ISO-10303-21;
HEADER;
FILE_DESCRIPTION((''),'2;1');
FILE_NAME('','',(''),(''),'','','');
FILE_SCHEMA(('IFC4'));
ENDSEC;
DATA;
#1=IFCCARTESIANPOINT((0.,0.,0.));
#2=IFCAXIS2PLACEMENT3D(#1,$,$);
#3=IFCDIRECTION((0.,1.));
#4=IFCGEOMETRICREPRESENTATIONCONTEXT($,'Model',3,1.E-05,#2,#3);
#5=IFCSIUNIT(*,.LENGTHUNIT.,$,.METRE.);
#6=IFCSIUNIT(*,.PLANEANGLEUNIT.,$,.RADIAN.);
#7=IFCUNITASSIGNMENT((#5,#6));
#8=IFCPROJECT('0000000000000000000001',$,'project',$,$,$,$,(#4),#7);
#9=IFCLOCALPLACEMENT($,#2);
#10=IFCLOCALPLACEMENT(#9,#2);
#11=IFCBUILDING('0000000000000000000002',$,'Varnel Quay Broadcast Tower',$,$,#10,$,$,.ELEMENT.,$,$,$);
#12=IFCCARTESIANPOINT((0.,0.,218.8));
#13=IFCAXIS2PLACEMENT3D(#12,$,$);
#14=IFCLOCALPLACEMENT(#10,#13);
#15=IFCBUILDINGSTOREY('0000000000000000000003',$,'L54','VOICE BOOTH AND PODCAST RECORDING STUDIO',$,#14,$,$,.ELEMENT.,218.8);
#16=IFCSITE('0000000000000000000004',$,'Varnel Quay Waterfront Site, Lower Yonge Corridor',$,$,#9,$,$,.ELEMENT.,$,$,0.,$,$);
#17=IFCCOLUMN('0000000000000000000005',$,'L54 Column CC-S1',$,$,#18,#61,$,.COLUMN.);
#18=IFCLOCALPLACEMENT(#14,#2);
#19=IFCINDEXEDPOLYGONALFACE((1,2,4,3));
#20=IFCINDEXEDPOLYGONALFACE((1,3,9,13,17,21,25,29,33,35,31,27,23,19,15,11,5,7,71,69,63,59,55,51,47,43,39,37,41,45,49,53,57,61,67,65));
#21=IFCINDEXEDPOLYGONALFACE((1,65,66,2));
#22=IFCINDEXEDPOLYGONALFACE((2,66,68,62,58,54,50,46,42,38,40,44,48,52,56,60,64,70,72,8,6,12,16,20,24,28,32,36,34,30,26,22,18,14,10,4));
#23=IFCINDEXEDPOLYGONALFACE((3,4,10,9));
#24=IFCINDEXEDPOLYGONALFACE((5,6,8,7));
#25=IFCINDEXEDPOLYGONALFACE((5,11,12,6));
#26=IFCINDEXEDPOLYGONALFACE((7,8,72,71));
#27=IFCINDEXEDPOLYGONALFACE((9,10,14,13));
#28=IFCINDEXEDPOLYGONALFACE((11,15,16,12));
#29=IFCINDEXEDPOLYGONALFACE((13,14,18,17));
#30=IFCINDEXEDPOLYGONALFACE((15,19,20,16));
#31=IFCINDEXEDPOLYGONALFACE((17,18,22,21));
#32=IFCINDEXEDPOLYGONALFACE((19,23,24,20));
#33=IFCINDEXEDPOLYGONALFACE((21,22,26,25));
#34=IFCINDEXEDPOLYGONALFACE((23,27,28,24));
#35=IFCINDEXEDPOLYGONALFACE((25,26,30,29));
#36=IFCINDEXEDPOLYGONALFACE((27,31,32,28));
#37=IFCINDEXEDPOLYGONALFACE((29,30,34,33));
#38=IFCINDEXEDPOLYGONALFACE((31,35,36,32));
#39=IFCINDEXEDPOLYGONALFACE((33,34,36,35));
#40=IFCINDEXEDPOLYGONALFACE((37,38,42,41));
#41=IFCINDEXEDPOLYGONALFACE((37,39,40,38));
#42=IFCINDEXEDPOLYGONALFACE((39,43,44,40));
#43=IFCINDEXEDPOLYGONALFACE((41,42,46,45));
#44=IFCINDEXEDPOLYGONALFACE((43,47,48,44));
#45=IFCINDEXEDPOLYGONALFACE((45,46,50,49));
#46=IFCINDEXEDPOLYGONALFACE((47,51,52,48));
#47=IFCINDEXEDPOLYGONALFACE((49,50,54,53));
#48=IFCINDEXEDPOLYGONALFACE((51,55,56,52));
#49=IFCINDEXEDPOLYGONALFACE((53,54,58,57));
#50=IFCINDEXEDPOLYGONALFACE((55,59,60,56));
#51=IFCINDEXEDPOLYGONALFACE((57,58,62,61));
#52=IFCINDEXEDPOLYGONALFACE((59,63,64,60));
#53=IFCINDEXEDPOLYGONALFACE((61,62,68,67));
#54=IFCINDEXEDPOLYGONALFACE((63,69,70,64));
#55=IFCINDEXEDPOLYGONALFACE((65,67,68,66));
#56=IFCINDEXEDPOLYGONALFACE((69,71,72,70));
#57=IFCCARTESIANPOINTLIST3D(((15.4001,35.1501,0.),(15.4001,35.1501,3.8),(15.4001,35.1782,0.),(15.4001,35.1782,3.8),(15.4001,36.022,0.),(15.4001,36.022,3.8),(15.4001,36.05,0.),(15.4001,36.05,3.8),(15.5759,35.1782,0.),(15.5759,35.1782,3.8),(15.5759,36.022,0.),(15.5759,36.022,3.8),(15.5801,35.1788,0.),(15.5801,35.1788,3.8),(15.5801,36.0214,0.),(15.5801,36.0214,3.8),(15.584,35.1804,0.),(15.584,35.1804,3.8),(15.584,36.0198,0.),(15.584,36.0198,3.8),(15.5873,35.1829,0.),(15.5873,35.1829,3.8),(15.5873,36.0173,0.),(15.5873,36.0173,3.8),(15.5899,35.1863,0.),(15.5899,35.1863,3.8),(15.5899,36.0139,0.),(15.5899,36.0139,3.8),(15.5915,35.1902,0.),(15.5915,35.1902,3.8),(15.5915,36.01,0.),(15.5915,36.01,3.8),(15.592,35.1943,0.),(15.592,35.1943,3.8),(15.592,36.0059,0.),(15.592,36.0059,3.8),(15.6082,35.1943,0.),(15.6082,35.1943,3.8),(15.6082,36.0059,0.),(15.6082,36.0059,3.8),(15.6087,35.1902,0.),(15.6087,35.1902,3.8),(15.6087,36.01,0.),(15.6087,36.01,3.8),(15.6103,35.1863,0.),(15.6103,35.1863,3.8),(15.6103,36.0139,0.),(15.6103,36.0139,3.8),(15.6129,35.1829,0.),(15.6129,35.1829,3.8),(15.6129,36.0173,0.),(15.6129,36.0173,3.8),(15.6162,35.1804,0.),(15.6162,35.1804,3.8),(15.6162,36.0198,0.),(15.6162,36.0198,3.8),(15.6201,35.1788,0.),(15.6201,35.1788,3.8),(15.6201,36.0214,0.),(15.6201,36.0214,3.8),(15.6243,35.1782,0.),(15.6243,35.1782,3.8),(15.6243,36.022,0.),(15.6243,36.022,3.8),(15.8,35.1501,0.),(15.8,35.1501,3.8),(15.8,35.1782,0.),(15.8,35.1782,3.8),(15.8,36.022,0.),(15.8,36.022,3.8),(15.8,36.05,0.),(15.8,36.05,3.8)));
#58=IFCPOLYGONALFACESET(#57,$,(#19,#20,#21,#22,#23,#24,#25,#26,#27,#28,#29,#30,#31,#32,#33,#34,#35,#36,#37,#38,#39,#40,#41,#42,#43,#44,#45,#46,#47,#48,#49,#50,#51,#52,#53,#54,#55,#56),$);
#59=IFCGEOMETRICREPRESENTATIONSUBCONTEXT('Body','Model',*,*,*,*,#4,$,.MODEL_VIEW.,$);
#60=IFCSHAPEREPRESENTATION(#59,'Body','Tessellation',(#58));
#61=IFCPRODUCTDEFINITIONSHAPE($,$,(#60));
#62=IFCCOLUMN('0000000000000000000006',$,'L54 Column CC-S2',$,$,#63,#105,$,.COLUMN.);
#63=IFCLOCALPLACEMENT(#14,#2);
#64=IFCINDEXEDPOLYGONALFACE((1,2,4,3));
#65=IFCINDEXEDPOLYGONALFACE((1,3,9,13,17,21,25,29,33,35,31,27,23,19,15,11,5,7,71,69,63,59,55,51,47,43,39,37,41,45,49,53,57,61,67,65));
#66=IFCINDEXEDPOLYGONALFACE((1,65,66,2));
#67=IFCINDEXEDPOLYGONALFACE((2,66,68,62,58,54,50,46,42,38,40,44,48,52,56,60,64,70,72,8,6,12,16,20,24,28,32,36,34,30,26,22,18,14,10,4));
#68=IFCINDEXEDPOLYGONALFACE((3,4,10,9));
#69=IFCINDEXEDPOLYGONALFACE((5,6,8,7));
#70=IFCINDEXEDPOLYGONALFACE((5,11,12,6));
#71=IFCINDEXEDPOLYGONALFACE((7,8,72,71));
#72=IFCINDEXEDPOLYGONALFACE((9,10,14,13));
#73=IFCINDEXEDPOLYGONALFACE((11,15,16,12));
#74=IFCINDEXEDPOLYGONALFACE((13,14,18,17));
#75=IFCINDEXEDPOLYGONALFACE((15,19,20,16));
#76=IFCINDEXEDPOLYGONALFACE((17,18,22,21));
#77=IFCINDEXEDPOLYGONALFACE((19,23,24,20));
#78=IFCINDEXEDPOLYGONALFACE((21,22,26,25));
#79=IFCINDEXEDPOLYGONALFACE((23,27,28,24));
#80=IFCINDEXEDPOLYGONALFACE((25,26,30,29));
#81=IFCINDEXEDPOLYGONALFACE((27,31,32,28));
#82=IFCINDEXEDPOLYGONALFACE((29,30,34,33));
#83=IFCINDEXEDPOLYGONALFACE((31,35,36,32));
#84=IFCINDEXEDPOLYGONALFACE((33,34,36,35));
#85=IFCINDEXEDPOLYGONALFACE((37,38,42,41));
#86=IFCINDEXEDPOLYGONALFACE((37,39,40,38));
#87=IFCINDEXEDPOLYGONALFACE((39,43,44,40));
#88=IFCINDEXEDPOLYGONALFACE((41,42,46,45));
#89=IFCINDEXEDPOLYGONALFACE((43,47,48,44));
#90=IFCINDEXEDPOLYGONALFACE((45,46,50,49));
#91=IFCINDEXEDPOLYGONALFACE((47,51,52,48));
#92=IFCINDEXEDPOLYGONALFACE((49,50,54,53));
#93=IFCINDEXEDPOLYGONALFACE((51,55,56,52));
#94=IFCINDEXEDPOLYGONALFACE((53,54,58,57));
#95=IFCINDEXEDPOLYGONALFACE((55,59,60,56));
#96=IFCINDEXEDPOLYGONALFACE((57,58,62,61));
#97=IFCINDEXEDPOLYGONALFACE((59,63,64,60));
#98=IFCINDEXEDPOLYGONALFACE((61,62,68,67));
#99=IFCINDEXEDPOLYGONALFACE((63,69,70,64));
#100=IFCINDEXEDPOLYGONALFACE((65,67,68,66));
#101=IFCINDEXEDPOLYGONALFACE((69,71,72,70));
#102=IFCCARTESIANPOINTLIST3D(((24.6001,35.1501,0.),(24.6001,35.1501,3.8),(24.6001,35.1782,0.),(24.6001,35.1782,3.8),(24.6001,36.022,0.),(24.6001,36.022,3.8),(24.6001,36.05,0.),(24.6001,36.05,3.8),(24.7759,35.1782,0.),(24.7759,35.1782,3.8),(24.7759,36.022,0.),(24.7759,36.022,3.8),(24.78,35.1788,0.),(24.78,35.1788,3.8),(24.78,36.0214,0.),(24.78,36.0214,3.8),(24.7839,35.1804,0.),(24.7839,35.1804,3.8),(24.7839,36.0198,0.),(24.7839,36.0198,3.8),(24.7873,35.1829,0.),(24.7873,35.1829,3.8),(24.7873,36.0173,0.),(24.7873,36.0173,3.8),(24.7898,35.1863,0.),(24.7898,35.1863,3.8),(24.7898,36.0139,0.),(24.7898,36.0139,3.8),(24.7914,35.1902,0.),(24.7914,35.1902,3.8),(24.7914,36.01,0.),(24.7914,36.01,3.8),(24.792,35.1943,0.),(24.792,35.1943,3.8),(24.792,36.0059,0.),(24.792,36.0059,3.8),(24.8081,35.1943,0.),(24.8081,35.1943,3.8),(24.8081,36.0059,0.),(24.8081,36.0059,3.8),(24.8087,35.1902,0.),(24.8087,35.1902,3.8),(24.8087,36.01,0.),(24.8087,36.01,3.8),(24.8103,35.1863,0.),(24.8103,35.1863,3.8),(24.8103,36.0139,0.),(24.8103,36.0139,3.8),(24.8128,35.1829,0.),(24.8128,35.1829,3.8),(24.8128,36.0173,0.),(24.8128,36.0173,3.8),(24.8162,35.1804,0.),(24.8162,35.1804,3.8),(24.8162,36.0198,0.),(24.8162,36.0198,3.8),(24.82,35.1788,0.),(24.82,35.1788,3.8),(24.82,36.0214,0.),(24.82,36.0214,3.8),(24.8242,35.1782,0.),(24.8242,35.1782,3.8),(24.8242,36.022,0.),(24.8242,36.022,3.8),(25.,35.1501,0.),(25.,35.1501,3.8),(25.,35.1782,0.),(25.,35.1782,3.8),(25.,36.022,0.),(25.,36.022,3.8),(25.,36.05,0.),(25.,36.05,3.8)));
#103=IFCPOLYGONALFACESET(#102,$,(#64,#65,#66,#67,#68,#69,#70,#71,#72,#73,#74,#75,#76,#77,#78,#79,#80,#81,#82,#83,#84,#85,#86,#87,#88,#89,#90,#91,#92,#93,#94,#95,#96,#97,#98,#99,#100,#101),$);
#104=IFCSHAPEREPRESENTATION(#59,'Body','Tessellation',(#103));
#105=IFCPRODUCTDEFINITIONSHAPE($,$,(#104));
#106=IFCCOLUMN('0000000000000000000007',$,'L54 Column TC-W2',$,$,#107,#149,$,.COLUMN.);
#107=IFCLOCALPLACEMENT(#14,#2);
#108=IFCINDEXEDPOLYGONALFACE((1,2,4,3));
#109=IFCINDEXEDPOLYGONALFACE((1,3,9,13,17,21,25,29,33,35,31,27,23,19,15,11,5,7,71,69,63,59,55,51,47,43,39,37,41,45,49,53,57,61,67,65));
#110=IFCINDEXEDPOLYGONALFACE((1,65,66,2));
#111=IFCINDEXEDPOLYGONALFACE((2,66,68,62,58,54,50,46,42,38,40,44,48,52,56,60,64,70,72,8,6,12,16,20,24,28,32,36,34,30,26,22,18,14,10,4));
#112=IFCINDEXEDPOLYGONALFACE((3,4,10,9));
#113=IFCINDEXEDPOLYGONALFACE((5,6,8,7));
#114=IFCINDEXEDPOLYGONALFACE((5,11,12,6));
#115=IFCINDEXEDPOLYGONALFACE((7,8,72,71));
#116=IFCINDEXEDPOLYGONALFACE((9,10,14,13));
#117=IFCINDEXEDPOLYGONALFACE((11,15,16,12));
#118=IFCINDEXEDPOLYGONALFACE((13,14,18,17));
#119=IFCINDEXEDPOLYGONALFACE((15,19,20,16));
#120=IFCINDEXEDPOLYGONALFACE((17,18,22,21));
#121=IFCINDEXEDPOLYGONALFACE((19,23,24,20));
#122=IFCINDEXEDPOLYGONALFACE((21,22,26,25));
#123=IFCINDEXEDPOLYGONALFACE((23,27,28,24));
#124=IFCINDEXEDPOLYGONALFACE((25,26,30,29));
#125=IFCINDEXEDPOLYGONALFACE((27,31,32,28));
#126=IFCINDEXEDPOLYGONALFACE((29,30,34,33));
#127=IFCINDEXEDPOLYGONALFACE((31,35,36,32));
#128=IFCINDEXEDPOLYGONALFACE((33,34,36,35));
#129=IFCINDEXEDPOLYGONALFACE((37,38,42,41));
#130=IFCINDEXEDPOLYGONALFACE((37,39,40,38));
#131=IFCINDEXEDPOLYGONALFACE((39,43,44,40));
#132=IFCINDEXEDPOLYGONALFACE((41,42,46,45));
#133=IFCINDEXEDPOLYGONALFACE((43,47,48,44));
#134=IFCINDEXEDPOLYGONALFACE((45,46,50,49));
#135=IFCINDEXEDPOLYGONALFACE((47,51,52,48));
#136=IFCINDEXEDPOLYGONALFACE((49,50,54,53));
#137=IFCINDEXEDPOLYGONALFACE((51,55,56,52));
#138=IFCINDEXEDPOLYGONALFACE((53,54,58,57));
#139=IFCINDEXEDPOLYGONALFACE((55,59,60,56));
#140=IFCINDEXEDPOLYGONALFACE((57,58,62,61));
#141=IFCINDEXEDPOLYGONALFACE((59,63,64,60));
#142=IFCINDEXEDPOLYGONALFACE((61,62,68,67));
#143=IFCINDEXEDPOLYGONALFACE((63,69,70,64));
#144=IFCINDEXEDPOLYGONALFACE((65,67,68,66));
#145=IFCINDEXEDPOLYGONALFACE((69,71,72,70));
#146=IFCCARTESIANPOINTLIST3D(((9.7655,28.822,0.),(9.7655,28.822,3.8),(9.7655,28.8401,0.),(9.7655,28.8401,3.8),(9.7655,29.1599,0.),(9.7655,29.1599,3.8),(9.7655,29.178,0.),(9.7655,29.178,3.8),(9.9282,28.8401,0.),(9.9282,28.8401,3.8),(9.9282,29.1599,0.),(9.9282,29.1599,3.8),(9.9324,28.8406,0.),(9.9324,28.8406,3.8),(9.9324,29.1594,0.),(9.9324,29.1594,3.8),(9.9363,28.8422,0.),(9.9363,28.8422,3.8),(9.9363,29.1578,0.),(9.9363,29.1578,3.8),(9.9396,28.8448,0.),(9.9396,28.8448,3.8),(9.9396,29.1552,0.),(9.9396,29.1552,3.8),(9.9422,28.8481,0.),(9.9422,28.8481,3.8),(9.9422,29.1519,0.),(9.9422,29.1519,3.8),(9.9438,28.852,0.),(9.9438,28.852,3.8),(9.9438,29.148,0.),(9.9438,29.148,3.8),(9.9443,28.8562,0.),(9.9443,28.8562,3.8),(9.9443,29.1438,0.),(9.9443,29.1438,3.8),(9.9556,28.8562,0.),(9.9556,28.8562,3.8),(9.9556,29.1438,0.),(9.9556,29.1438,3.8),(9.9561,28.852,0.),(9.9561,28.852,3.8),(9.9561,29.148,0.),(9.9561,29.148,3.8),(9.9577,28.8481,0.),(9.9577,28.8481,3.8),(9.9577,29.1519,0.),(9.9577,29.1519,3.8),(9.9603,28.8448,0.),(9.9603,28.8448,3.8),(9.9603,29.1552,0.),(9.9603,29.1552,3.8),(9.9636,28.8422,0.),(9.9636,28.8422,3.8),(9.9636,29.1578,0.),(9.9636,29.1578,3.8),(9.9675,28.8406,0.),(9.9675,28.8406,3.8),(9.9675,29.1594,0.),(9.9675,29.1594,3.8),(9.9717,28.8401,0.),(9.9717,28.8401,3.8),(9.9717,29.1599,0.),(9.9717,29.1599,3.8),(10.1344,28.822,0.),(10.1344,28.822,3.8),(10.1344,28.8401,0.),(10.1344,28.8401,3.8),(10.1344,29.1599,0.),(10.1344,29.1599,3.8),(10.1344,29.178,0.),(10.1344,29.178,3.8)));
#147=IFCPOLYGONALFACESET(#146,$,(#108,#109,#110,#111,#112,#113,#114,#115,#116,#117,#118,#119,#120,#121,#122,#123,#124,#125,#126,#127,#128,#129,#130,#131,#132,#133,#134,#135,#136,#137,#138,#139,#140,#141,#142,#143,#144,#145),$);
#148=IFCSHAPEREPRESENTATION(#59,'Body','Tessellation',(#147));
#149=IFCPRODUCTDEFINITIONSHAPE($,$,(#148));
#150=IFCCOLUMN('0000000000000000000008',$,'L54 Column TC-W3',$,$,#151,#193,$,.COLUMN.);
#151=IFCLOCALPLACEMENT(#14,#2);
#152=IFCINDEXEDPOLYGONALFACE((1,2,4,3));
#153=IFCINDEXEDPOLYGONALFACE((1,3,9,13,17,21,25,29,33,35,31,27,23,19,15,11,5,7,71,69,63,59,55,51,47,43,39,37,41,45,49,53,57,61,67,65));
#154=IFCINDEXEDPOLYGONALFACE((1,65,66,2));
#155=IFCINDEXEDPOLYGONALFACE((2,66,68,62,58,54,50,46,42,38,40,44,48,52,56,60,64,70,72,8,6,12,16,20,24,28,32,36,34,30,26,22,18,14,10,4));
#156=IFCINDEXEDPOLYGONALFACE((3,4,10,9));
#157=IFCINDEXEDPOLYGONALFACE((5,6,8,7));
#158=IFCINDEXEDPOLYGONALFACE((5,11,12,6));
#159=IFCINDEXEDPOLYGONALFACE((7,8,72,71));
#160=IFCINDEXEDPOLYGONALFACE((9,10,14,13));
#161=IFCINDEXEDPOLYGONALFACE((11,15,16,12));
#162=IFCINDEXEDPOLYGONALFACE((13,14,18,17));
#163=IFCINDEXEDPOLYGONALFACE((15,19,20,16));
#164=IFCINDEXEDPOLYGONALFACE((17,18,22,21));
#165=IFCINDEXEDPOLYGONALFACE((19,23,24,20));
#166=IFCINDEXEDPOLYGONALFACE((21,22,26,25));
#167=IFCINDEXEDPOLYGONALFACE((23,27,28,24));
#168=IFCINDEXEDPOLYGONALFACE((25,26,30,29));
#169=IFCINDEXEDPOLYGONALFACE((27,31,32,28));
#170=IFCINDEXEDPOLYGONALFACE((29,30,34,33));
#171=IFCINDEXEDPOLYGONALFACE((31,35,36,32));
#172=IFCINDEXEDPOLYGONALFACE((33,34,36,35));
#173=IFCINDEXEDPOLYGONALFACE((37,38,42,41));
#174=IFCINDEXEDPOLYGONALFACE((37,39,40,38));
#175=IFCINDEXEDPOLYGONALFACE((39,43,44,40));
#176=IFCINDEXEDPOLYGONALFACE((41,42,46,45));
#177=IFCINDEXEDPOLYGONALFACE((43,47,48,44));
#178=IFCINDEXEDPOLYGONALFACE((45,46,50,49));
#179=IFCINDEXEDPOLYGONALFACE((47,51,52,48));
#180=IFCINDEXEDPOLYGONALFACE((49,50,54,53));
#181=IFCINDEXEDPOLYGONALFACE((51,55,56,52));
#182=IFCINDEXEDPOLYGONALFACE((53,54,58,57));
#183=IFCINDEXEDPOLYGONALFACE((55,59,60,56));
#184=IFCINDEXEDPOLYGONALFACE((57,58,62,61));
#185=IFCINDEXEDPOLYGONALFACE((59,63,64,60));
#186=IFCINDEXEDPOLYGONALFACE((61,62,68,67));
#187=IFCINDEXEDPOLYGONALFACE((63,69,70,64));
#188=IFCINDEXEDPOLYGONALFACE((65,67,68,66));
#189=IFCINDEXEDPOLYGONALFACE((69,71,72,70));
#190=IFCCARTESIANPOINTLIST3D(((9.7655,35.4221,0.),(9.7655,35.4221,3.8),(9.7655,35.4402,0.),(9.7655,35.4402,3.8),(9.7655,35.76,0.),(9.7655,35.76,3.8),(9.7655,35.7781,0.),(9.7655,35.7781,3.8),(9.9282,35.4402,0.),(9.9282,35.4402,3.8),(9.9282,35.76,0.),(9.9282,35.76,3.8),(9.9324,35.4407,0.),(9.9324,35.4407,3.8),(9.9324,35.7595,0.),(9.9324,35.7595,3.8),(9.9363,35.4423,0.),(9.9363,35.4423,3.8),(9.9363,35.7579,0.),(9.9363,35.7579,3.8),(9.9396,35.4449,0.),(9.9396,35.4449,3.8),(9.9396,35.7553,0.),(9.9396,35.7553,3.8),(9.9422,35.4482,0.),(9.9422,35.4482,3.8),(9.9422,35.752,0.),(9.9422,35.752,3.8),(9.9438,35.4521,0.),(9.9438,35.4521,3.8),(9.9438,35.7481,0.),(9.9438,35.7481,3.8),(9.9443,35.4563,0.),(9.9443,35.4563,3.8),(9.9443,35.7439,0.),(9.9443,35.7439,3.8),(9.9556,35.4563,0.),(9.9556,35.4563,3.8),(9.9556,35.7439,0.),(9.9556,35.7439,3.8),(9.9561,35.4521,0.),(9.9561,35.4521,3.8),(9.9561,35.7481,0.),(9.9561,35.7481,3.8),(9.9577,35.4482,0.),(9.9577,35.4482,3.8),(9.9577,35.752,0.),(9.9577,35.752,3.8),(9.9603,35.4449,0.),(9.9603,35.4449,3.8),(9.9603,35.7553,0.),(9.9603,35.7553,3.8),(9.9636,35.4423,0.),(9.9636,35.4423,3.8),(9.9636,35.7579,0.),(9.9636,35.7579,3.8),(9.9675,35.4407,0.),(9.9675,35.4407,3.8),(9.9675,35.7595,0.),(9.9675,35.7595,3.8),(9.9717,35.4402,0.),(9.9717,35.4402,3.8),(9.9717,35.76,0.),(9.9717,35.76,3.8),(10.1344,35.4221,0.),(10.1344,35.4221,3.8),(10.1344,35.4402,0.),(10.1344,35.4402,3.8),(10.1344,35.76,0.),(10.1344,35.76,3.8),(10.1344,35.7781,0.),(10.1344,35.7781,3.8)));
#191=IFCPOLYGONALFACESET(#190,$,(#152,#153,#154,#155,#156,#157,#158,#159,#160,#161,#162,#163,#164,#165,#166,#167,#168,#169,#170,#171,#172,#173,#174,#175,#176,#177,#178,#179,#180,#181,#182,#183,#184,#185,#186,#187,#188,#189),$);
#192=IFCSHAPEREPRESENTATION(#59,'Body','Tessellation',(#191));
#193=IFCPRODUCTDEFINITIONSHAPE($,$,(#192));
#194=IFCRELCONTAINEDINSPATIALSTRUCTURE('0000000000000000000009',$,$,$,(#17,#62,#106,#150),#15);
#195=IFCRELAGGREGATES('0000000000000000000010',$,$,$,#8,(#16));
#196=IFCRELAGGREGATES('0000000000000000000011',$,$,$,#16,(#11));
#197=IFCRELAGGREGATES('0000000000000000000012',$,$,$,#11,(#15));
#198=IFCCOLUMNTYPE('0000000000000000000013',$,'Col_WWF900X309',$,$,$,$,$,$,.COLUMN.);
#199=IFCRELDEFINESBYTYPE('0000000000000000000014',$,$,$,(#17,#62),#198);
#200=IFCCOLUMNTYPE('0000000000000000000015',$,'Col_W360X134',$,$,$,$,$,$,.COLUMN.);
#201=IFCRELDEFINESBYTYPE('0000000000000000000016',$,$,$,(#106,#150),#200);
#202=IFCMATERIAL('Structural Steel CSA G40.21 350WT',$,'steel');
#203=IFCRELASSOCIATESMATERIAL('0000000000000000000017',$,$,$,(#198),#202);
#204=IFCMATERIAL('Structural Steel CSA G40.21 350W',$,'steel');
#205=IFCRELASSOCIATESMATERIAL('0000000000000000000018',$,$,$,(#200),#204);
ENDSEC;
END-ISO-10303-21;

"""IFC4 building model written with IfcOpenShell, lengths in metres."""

from ifc_helpers import new_model, si_unit, direction, frame, origin, origin_2d, place, context, subcontext, project, spatial, i_section, extrude, source, transform, mapped, material, material_profile, profile_set, type_object, type_shapes, element, save


model = new_model("IFC4")

# Units and contexts
model_context = context("Model", 3, precision=1e-05, world=origin(), true_north=direction((0.0, 1.0)))
body_context = subcontext(model_context, "Body", "Model", "MODEL_VIEW")
ifc_project = project(units=[si_unit("LENGTHUNIT", "METRE"), si_unit("PLANEANGLEUNIT", "RADIAN")], contexts=[model_context])

# Site, building, storey
site_placement = place(None, origin())
site = spatial("IfcSite", under=ifc_project, at=site_placement, Name="Varnel Quay Waterfront Site, Lower Yonge Corridor", CompositionType="ELEMENT", RefElevation=0.0)
building_placement = place(site_placement, origin())
building = spatial("IfcBuilding", under=site, at=building_placement, Name="Varnel Quay Broadcast Tower", CompositionType="ELEMENT")
storey_placement = place(building_placement, frame((0.0, 0.0, 218.8)))
storey = spatial("IfcBuildingStorey", under=building, at=storey_placement, Name="L54", Description="VOICE BOOTH AND PODCAST RECORDING STUDIO", CompositionType="ELEMENT", Elevation=218.8)

# Columns
ifc_material_1 = material(Name="Structural Steel CSA G40.21 350WT", Category="steel")
ifc_material_profile_1 = material_profile(ifc_material_1, i_section(OverallWidth=0.3999, OverallDepth=0.8999, WebThickness=0.0161, FlangeThickness=0.0281, FilletRadius=0.0161, at=origin_2d()), Name="WWF900X309")
ifc_profile_set_1 = profile_set([ifc_material_profile_1], Name="Structural Steel CSA G40.21 350WT")
column_type_1 = type_object("IfcColumnType", Name="Col_WWF900X309", PredefinedType="COLUMN", material=ifc_profile_set_1)
shared_shape_1 = source(origin(), body_context, "Body", "SweptSolid", [
    extrude(i_section(OverallWidth=0.3999, OverallDepth=0.8999, WebThickness=0.0161, FlangeThickness=0.0281, FilletRadius=0.0161, at=origin_2d()), origin(), (0.0, 0.0, 1.0), 3.8),
])
type_shapes(column_type_1, [shared_shape_1])
for number, where, z_axis, x_axis, name in (
    (1, (15.6001, 35.6001, 0.0), (0.0, 0.0, 1.0), (1.0, 0.0, 0.0), "L54 Column CC-S1"),
    (2, (24.8, 35.6001, 0.0), (0.0, 0.0, 1.0), (1.0, 0.0, 0.0), "L54 Column CC-S2"),
):
    element("IfcColumn", number, at=place(storey_placement, frame(where, z_axis=z_axis, x_axis=x_axis)), inside=storey, type_object=column_type_1, Name=name, PredefinedType="COLUMN", context=body_context, shape_type="MappedRepresentation", body=[
        mapped(shared_shape_1, transform((0.0, 0.0, 0.0), x_axis=(1.0, 0.0, 0.0), y_axis=(0.0, 1.0, 0.0), z_axis=(0.0, 0.0, 1.0), scale=1.0)),
    ])
ifc_material_2 = material(Name="Structural Steel CSA G40.21 350W", Category="steel")
ifc_material_profile_2 = material_profile(ifc_material_2, i_section(OverallWidth=0.3689, OverallDepth=0.356, WebThickness=0.0112, FlangeThickness=0.0181, FilletRadius=0.0161, at=origin_2d()), Name="W360X134")
ifc_profile_set_2 = profile_set([ifc_material_profile_2], Name="Structural Steel CSA G40.21 350W")
column_type_2 = type_object("IfcColumnType", Name="Col_W360X134", PredefinedType="COLUMN", material=ifc_profile_set_2)
shared_shape_2 = source(origin(), body_context, "Body", "SweptSolid", [
    extrude(i_section(OverallWidth=0.3689, OverallDepth=0.356, WebThickness=0.0112, FlangeThickness=0.0181, FilletRadius=0.0161, at=origin_2d()), origin(), (0.0, 0.0, 1.0), 3.8),
])
type_shapes(column_type_2, [shared_shape_2])
for number, where, z_axis, x_axis, name in (
    (3, (9.95, 29.0, 0.0), (0.0, 0.0, 1.0), (1.0, 0.0, 0.0), "L54 Column TC-W2"),
    (4, (9.95, 35.6001, 0.0), (0.0, 0.0, 1.0), (1.0, 0.0, 0.0), "L54 Column TC-W3"),
):
    element("IfcColumn", number, at=place(storey_placement, frame(where, z_axis=z_axis, x_axis=x_axis)), inside=storey, type_object=column_type_2, Name=name, PredefinedType="COLUMN", context=body_context, shape_type="MappedRepresentation", body=[
        mapped(shared_shape_2, transform((0.0, 0.0, 0.0), x_axis=(1.0, 0.0, 0.0), y_axis=(0.0, 1.0, 0.0), z_axis=(0.0, 0.0, 1.0), scale=1.0)),
    ])

save(model, "model.ifc")
